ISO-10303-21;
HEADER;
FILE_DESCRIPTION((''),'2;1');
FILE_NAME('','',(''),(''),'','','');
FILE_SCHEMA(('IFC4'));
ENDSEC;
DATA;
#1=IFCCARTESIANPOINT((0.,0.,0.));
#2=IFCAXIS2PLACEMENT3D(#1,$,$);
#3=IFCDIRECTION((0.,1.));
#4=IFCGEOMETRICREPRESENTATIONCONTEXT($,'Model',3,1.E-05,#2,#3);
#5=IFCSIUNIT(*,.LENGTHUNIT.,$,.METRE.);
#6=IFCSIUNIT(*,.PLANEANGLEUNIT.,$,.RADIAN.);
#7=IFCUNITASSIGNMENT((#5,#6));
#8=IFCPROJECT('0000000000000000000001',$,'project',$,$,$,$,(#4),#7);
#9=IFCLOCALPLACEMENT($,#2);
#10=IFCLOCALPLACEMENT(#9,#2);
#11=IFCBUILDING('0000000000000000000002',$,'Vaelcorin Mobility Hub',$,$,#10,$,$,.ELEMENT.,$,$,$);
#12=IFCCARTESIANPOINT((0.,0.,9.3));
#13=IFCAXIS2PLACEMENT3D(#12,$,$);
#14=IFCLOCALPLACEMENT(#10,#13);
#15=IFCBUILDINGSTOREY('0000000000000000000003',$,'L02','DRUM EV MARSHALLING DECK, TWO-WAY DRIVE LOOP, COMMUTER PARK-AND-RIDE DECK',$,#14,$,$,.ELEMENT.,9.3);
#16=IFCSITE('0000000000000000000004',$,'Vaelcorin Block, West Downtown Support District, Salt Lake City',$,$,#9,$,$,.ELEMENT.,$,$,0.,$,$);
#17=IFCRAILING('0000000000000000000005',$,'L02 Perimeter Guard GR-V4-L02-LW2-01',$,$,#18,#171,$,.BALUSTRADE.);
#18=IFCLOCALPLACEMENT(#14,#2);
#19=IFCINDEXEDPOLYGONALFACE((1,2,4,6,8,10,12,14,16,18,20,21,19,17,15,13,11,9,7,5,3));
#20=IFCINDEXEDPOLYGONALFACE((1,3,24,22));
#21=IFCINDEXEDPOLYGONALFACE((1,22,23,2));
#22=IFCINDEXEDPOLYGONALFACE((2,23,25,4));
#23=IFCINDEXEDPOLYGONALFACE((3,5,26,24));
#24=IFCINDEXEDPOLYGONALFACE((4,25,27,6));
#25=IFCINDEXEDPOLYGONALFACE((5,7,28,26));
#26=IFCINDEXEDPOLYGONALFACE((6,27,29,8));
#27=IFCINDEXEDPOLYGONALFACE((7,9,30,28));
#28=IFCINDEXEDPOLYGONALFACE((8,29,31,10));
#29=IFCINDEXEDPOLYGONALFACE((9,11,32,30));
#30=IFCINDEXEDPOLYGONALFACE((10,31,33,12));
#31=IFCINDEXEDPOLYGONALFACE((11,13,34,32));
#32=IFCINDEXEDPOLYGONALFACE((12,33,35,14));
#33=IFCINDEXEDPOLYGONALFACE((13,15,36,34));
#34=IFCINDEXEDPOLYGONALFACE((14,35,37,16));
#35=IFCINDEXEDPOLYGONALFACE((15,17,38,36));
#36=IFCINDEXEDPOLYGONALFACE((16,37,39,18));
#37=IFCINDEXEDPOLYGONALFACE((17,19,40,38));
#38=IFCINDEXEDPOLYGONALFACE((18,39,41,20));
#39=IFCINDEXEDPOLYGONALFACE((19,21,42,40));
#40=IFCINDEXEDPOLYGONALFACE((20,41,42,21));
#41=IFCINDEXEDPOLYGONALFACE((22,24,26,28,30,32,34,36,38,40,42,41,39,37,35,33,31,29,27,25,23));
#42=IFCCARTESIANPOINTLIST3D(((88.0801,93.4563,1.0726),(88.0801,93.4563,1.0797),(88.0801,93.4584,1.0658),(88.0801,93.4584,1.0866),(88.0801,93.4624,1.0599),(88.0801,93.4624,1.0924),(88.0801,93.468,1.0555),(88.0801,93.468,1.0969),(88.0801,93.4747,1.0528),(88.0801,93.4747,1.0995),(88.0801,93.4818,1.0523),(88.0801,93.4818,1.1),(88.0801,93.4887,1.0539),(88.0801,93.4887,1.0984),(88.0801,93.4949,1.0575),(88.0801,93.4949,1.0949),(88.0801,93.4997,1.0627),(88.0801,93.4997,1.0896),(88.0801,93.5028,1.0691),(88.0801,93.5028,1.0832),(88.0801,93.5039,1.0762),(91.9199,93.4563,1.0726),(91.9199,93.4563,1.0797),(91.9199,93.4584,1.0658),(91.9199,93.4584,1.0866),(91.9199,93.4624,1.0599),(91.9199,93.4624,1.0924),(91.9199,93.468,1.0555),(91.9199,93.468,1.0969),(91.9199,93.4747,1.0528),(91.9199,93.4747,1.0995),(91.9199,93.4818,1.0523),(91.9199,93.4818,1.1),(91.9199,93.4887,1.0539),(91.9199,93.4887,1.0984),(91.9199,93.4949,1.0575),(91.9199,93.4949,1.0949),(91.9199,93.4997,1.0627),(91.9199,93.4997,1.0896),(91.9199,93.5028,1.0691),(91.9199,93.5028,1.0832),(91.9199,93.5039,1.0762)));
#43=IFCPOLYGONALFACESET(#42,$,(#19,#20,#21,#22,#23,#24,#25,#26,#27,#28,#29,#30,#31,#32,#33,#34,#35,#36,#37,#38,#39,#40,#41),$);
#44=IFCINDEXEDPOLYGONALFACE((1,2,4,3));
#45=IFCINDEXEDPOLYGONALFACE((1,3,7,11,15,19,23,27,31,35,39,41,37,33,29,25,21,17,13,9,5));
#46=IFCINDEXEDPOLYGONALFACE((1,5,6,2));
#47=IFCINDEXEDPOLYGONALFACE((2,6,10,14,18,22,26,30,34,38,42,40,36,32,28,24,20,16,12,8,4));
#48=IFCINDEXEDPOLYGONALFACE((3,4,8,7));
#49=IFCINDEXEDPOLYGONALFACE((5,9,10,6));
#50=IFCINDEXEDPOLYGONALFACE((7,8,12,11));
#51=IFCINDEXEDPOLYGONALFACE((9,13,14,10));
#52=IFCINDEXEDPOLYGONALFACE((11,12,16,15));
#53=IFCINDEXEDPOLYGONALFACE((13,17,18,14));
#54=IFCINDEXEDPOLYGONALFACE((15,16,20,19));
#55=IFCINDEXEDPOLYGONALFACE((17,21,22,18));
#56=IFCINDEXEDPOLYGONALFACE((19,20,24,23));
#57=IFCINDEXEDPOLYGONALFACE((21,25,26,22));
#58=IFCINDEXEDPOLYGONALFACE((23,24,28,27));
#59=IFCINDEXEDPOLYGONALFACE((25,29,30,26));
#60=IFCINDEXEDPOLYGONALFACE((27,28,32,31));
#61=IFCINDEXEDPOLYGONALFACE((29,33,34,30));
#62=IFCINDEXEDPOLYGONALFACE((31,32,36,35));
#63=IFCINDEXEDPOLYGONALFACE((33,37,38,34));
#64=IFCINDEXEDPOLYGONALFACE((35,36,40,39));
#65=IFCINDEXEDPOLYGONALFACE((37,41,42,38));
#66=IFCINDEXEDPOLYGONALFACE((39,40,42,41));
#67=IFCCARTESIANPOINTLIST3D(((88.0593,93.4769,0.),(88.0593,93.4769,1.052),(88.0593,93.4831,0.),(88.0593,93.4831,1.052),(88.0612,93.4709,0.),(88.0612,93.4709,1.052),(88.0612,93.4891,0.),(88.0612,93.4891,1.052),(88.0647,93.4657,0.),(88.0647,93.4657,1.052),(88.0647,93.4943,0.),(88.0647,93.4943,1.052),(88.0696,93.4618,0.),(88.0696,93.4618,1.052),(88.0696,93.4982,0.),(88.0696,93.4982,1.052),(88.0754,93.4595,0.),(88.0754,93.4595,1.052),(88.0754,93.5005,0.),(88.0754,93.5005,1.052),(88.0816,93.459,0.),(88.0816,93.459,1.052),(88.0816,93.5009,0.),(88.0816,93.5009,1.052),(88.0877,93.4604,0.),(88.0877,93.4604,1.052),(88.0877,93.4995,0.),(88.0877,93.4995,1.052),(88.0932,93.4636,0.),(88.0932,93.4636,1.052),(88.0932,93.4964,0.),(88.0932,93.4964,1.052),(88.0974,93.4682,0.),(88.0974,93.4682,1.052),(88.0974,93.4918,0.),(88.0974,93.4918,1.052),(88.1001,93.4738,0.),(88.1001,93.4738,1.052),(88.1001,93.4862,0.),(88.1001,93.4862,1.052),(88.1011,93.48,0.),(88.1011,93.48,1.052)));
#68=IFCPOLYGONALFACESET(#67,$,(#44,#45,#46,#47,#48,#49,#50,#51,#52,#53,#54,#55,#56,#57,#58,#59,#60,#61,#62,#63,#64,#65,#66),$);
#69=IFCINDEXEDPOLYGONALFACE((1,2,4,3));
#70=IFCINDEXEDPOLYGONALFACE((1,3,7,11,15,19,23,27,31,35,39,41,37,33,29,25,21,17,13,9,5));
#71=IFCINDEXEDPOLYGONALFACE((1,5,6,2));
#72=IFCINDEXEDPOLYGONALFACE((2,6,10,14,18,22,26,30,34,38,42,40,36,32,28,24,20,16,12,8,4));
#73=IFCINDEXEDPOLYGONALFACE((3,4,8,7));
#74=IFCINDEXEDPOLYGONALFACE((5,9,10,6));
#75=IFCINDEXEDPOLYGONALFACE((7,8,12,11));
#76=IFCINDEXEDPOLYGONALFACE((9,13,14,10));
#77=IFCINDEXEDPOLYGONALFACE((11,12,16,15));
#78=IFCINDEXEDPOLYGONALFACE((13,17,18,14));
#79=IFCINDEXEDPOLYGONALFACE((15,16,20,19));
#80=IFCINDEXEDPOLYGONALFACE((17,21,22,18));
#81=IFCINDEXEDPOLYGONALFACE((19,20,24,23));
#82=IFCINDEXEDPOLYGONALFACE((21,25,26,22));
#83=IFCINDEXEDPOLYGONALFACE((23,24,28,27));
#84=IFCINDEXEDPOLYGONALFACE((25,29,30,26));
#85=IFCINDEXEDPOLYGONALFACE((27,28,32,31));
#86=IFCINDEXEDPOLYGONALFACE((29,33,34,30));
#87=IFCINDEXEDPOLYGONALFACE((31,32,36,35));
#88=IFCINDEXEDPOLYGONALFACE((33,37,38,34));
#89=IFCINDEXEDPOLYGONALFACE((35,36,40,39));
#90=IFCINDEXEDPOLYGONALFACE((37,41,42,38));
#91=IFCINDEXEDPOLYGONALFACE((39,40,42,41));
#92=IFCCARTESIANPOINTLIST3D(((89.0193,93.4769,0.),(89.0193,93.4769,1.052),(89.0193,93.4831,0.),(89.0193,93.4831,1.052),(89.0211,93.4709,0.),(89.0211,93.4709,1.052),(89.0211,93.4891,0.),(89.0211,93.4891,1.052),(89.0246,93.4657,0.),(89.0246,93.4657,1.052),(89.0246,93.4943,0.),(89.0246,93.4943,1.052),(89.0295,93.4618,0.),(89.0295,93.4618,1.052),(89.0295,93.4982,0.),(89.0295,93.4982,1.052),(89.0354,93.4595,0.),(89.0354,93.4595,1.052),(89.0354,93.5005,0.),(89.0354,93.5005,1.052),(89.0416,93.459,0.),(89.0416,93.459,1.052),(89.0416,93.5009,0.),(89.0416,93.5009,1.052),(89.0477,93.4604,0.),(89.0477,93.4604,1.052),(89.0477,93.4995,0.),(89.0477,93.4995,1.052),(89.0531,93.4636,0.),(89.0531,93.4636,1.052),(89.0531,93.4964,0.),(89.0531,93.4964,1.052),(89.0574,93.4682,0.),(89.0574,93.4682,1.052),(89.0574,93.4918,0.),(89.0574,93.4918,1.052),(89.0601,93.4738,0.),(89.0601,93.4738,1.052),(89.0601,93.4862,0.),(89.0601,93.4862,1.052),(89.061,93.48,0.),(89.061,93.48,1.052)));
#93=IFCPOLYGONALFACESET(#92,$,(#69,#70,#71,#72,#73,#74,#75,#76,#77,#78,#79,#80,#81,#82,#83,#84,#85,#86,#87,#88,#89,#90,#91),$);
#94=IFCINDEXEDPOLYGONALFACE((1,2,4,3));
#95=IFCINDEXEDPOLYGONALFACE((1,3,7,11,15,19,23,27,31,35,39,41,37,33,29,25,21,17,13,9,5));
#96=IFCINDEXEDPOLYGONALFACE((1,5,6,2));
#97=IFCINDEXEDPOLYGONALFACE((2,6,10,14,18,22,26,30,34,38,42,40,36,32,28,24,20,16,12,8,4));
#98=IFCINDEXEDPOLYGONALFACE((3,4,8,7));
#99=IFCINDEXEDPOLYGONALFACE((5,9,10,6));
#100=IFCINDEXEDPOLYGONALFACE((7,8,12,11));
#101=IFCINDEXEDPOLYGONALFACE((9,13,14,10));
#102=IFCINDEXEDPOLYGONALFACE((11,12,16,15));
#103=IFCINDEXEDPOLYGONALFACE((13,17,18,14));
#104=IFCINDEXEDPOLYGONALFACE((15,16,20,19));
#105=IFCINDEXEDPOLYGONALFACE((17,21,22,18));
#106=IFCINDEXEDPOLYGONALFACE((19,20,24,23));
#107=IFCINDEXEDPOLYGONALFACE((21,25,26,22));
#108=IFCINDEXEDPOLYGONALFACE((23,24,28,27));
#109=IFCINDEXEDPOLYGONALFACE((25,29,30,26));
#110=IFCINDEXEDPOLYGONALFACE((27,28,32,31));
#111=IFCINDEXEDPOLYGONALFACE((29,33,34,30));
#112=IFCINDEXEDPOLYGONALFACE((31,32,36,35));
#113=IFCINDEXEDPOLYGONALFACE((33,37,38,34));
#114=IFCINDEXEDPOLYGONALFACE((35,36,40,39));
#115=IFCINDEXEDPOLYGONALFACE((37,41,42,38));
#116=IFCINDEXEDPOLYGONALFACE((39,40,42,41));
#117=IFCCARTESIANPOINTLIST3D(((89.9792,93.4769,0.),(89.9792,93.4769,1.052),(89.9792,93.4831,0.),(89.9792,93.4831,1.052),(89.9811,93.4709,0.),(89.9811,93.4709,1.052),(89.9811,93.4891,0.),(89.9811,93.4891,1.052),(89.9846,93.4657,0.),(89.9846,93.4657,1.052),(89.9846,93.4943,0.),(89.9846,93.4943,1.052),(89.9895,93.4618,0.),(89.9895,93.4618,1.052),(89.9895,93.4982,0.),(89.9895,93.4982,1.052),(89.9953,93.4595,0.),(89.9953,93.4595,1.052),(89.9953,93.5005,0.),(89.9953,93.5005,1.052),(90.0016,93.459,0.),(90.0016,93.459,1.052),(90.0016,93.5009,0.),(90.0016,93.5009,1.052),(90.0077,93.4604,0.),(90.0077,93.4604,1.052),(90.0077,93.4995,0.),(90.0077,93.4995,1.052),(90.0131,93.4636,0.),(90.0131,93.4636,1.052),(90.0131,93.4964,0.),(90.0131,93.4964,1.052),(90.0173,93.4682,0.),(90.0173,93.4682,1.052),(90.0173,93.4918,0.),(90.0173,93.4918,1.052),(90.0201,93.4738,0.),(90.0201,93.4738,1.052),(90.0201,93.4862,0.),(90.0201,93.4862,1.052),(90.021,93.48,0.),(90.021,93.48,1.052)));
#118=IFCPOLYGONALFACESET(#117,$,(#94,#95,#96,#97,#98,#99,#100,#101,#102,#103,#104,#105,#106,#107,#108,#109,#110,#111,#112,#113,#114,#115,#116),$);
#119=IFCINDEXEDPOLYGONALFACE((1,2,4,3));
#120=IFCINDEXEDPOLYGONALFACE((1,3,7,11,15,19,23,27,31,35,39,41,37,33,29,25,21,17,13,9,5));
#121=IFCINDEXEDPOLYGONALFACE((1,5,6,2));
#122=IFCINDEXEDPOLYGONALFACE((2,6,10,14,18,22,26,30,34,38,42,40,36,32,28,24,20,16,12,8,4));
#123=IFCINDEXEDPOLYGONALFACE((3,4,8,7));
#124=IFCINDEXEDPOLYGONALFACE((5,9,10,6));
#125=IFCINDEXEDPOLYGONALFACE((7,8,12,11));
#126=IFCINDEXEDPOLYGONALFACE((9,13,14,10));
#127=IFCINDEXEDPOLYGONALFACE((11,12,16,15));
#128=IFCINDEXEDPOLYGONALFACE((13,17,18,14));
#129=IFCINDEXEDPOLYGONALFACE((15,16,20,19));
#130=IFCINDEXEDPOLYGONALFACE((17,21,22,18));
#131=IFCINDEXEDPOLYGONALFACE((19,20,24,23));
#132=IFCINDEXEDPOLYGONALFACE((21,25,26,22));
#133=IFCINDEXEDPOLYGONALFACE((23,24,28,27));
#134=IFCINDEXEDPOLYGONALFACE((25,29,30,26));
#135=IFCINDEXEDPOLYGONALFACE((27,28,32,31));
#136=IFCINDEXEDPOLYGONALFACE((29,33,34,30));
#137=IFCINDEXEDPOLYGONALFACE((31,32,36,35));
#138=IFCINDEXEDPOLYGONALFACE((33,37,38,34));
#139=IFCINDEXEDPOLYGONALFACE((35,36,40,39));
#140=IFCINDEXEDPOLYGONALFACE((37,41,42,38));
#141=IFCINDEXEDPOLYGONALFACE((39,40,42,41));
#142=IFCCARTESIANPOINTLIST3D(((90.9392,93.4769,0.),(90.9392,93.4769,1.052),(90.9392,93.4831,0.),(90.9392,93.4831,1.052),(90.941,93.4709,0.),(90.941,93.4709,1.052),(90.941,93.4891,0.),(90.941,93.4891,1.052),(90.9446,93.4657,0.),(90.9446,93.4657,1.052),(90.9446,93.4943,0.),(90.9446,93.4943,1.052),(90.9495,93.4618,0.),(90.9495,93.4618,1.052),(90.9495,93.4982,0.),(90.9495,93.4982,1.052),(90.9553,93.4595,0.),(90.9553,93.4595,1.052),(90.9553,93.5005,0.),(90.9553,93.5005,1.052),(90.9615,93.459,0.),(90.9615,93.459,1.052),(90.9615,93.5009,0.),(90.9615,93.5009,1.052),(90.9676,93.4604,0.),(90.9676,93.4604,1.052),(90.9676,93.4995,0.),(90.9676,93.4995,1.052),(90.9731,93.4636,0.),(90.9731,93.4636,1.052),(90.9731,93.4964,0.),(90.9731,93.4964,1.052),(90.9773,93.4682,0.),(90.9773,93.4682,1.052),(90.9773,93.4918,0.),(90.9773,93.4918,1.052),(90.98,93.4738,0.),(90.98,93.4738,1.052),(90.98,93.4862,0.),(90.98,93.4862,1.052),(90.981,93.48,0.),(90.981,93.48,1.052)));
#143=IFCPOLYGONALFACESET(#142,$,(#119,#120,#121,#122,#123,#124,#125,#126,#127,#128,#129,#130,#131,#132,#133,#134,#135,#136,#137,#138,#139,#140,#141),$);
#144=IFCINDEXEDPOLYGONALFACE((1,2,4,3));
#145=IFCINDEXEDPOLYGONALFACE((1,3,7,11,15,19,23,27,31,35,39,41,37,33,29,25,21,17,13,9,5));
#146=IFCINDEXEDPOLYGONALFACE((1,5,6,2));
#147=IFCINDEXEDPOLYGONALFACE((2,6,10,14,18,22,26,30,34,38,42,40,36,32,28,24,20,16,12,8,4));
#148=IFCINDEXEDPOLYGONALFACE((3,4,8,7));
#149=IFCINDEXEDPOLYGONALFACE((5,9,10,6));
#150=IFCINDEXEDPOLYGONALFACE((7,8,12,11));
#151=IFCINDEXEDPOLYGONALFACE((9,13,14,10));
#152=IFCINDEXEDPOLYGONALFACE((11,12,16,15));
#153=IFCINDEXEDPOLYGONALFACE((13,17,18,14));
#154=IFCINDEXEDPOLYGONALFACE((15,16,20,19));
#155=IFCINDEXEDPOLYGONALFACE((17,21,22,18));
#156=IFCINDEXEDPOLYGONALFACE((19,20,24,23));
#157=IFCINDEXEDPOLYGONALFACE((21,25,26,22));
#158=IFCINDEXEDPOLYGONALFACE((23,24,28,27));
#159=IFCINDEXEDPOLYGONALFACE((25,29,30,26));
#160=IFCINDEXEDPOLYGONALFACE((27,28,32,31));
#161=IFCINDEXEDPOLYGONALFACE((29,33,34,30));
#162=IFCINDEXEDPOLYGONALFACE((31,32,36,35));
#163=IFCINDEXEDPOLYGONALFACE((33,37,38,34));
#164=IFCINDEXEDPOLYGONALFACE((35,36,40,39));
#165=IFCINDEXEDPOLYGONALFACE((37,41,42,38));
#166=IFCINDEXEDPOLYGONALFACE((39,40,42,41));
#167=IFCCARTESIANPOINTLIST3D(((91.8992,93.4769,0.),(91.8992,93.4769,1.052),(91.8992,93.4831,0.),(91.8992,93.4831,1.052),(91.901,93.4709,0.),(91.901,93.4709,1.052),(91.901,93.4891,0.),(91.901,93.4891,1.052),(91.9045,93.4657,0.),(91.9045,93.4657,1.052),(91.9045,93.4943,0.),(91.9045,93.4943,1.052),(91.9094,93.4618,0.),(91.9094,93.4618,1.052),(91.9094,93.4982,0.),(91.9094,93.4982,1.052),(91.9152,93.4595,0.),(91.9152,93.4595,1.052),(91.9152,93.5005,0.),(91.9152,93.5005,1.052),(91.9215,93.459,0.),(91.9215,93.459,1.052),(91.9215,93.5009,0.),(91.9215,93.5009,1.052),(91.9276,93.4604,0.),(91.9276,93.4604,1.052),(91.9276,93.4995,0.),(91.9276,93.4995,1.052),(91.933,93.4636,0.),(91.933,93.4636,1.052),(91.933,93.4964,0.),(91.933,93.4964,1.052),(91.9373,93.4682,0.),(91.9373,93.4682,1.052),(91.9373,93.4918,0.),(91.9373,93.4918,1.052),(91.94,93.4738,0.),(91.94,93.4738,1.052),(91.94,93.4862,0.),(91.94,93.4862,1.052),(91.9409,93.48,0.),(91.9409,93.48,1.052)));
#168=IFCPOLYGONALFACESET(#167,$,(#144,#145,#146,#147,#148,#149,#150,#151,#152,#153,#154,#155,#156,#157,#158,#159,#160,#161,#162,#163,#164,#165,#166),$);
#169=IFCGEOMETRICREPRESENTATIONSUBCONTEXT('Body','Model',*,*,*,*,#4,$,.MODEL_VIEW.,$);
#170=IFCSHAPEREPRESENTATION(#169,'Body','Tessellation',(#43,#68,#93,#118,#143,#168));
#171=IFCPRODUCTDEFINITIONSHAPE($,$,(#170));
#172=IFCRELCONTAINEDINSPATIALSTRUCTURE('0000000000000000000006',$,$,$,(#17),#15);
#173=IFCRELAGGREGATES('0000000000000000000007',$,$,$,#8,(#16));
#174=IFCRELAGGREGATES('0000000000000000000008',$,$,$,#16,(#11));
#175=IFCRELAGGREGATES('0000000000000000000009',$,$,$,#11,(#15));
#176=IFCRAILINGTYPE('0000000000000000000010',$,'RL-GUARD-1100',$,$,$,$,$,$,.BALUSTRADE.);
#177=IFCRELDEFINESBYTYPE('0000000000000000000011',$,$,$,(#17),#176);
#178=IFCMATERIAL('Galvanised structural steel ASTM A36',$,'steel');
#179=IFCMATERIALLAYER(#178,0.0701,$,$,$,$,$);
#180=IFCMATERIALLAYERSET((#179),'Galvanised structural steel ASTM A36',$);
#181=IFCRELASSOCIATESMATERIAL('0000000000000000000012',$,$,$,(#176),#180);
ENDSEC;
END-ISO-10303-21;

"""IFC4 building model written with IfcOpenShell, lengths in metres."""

from ifc_helpers import new_model, si_unit, direction, frame, origin, origin_2d, place, context, subcontext, project, spatial, circle, extrude, material, layer, layer_set, type_object, element, save


model = new_model("IFC4")

# Units and contexts
model_context = context("Model", 3, precision=1e-05, world=origin(), true_north=direction((0.0, 1.0)))
body_context = subcontext(model_context, "Body", "Model", "MODEL_VIEW")
ifc_project = project(units=[si_unit("LENGTHUNIT", "METRE"), si_unit("PLANEANGLEUNIT", "RADIAN")], contexts=[model_context])

# Site, building, storey
site_placement = place(None, origin())
site = spatial("IfcSite", under=ifc_project, at=site_placement, Name="Vaelcorin Block, West Downtown Support District, Salt Lake City", CompositionType="ELEMENT", RefElevation=0.0)
building_placement = place(site_placement, origin())
building = spatial("IfcBuilding", under=site, at=building_placement, Name="Vaelcorin Mobility Hub", CompositionType="ELEMENT")
storey_placement = place(building_placement, frame((0.0, 0.0, 9.3)))
storey = spatial("IfcBuildingStorey", under=building, at=storey_placement, Name="L02", Description="DRUM EV MARSHALLING DECK, TWO-WAY DRIVE LOOP, COMMUTER PARK-AND-RIDE DECK", CompositionType="ELEMENT", Elevation=9.3)

# Railing
ifc_material_1 = material(Name="Galvanised structural steel ASTM A36", Category="steel")
ifc_layer_1 = layer(ifc_material_1, 0.0701)
ifc_layer_set_1 = layer_set([ifc_layer_1], Name="Galvanised structural steel ASTM A36")
railing_type = type_object("IfcRailingType", Name="RL-GUARD-1100", PredefinedType="BALUSTRADE", material=ifc_layer_set_1)
railing_1_placement = place(storey_placement, frame((88.0801, 93.48, 0.0)))
element("IfcRailing", 1, at=railing_1_placement, inside=storey, type_object=railing_type, Name="L02 Perimeter Guard GR-V4-L02-LW2-01", PredefinedType="BALUSTRADE", context=body_context, shape_type="SweptSolid", body=[
    extrude(circle(Radius=0.0239, at=origin_2d()), frame((0.0, 0.0, 1.0762), z_axis=(1.0, 0.0, 0.0), x_axis=(0.0, 1.0, 0.0)), (0.0, 0.0, 1.0), 3.8398),
    extrude(circle(Radius=0.021, at=origin_2d()), origin(), (0.0, 0.0, 1.0), 1.052),
    extrude(circle(Radius=0.021, at=origin_2d()), frame((0.96, 0.0, 0.0)), (0.0, 0.0, 1.0), 1.052),
    extrude(circle(Radius=0.021, at=origin_2d()), frame((1.9199, 0.0, 0.0)), (0.0, 0.0, 1.0), 1.052),
    extrude(circle(Radius=0.021, at=origin_2d()), frame((2.8799, 0.0, 0.0)), (0.0, 0.0, 1.0), 1.052),
    extrude(circle(Radius=0.021, at=origin_2d()), frame((3.8398, 0.0, 0.0)), (0.0, 0.0, 1.0), 1.052),
])

save(model, "model.ifc")
